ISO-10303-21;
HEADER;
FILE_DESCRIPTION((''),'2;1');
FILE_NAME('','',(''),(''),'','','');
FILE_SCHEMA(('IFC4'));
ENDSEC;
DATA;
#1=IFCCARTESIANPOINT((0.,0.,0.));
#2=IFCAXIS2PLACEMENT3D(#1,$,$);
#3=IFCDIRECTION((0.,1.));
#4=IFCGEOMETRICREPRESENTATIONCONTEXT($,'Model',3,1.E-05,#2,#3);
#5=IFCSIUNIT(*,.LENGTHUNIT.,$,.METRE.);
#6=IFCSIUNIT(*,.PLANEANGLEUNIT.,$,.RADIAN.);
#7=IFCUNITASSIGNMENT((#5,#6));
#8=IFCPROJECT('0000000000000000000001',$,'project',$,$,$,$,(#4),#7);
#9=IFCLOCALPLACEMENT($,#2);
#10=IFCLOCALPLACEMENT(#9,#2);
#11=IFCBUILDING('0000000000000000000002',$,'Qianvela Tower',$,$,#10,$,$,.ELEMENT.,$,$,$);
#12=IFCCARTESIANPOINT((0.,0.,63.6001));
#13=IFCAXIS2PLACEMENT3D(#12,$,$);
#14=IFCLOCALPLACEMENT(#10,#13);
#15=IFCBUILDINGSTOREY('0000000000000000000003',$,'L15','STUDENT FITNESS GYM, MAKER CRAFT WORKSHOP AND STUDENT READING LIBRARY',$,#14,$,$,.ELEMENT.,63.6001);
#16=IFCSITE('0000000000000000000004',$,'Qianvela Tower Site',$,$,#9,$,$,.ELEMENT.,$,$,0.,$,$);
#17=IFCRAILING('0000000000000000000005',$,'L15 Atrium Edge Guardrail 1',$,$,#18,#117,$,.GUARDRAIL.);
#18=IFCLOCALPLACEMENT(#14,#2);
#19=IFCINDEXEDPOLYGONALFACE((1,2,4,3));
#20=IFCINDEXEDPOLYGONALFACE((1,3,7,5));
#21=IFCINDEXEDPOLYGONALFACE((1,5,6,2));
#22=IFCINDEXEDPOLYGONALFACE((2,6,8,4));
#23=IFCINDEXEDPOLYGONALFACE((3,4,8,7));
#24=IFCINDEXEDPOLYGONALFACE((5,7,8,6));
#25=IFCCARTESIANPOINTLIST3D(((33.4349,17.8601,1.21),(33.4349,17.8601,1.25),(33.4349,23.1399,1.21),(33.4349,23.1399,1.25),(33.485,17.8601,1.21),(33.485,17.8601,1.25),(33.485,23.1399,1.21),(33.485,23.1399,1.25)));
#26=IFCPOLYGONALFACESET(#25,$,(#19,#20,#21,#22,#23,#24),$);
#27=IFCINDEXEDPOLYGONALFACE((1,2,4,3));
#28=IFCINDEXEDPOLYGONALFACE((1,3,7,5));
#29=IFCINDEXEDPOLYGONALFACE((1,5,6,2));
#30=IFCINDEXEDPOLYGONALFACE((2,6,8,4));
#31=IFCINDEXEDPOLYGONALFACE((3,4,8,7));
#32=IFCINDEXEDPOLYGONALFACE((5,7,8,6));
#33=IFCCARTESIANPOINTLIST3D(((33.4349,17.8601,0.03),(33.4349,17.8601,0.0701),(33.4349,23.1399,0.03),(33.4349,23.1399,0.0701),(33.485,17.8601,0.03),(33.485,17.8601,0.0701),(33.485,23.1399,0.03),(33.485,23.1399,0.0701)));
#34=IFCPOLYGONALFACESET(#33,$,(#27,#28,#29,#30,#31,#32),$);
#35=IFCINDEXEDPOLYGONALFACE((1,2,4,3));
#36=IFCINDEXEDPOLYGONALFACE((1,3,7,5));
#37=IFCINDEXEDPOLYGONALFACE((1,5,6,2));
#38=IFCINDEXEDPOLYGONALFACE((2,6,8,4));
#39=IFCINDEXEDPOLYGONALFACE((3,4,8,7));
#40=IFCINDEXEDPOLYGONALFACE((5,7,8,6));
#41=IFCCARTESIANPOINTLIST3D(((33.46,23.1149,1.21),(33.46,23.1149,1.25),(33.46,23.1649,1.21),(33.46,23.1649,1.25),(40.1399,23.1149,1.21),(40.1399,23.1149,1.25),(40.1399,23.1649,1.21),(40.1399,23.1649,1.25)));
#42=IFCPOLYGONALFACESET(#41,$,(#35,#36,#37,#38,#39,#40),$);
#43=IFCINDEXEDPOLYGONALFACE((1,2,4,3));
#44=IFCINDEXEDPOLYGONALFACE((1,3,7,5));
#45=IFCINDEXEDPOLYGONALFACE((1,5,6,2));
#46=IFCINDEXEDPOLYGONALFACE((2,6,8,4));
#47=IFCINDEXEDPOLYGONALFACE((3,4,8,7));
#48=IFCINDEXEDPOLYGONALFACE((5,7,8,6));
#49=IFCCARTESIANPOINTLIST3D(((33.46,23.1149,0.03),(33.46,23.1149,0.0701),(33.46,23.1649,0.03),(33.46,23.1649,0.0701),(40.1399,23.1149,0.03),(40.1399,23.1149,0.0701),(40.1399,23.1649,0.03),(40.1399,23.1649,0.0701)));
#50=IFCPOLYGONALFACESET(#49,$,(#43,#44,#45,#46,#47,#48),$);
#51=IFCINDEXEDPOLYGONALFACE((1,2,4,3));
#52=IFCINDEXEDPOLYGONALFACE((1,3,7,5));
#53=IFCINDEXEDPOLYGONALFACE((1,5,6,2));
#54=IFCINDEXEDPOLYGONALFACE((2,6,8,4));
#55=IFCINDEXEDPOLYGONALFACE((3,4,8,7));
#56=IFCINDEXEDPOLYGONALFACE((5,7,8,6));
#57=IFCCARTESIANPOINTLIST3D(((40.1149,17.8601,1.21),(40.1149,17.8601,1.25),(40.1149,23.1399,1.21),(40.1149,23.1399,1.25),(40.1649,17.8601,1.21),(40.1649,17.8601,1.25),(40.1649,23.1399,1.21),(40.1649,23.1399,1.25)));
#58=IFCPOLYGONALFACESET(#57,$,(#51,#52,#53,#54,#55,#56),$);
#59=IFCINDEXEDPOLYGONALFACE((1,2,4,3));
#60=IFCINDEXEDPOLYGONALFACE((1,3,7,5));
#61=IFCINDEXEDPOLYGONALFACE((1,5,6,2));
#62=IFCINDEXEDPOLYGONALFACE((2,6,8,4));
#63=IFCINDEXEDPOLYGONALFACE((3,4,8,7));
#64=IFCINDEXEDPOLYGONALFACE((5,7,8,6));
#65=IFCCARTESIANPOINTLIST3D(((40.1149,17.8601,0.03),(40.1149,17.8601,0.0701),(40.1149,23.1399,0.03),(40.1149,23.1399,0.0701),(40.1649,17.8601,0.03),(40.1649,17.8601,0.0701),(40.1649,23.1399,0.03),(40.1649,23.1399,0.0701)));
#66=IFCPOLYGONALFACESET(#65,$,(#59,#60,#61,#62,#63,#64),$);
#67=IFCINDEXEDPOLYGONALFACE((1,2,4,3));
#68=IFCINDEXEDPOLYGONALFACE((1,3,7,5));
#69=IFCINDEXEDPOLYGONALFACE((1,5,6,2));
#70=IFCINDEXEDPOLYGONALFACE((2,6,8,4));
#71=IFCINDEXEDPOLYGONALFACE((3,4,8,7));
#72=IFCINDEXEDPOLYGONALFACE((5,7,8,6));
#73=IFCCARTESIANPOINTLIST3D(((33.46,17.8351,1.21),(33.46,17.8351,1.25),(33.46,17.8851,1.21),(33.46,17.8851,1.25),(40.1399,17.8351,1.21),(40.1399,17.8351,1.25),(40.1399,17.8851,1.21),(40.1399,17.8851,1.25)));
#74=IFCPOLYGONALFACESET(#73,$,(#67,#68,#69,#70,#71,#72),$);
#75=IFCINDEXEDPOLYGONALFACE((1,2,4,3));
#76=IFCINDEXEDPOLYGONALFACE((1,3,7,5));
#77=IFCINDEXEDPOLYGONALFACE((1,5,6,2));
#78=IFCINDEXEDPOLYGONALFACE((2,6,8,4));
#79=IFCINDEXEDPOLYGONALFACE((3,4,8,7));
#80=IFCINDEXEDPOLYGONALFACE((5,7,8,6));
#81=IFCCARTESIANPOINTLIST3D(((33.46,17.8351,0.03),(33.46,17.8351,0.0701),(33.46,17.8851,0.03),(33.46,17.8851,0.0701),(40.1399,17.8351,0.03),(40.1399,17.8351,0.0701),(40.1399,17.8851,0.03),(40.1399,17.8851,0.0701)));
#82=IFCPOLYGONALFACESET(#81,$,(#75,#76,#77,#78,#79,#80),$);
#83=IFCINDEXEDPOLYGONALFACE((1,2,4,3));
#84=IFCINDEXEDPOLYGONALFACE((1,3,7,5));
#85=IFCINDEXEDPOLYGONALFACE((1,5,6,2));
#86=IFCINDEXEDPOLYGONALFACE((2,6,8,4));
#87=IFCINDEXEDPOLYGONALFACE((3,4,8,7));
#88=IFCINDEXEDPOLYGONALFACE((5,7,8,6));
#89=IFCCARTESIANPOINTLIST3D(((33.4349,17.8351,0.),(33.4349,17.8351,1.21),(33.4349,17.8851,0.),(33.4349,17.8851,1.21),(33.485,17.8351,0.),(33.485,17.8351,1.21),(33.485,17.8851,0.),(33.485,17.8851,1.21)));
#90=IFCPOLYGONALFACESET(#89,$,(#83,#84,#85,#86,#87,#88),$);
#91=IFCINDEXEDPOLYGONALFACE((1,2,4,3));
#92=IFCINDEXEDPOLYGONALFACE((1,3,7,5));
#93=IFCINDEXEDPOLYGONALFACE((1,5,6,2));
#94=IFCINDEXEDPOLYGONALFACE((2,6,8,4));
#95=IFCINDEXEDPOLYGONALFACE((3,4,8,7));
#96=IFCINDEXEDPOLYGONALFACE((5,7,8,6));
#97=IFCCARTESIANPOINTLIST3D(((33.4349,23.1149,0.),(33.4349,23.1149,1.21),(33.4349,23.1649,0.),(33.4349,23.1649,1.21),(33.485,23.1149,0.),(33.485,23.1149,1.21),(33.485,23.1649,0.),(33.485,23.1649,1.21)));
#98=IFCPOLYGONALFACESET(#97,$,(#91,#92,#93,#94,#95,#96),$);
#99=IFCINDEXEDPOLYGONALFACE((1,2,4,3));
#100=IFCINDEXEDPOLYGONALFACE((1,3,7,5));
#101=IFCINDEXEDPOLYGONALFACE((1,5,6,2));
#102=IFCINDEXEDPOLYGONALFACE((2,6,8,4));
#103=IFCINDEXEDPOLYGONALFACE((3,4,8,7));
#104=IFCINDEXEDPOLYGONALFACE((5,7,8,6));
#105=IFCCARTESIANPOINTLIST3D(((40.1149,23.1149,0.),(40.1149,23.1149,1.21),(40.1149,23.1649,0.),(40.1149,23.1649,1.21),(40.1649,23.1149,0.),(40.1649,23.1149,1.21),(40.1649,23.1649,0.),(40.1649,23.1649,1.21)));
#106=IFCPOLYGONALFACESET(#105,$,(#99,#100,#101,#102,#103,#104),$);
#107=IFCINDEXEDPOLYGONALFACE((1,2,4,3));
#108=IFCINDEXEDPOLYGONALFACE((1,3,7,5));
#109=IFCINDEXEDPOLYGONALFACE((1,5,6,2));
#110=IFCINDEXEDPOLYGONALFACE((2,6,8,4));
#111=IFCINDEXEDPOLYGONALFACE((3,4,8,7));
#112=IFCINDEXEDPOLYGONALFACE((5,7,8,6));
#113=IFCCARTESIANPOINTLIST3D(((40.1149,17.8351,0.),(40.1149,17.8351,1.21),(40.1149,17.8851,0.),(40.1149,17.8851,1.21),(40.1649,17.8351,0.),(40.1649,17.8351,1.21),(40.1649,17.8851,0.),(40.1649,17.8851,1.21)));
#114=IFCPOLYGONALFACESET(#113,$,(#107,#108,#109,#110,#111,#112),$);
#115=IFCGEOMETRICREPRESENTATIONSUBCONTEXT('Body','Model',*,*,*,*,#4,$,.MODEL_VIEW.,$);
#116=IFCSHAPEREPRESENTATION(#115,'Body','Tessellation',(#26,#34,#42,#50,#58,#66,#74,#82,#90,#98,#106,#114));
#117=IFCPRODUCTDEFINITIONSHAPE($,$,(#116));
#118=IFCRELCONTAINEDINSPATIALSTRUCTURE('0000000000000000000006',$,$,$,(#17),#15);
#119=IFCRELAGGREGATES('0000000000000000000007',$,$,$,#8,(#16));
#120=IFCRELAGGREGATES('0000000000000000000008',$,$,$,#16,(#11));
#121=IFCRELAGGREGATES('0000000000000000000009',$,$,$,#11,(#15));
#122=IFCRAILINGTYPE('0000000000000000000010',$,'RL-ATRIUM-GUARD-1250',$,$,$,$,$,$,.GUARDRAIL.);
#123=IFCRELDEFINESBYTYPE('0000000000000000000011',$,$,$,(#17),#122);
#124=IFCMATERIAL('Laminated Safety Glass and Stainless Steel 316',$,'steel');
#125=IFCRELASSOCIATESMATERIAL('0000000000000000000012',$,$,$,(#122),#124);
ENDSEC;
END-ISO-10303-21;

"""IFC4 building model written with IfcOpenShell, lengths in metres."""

from ifc_helpers import new_model, si_unit, direction, frame, origin, origin_2d, place, context, subcontext, project, spatial, rectangle, extrude, material, type_object, element, save


model = new_model("IFC4")

# Units and contexts
model_context = context("Model", 3, precision=1e-05, world=origin(), true_north=direction((0.0, 1.0)))
body_context = subcontext(model_context, "Body", "Model", "MODEL_VIEW")
ifc_project = project(units=[si_unit("LENGTHUNIT", "METRE"), si_unit("PLANEANGLEUNIT", "RADIAN")], contexts=[model_context])

# Site, building, storey
site_placement = place(None, origin())
site = spatial("IfcSite", under=ifc_project, at=site_placement, Name="Qianvela Tower Site", CompositionType="ELEMENT", RefElevation=0.0)
building_placement = place(site_placement, origin())
building = spatial("IfcBuilding", under=site, at=building_placement, Name="Qianvela Tower", CompositionType="ELEMENT")
storey_placement = place(building_placement, frame((0.0, 0.0, 63.6001)))
storey = spatial("IfcBuildingStorey", under=building, at=storey_placement, Name="L15", Description="STUDENT FITNESS GYM, MAKER CRAFT WORKSHOP AND STUDENT READING LIBRARY", CompositionType="ELEMENT", Elevation=63.6001)

# Railing
ifc_material_1 = material(Name="Laminated Safety Glass and Stainless Steel 316", Category="steel")
railing_type = type_object("IfcRailingType", Name="RL-ATRIUM-GUARD-1250", PredefinedType="GUARDRAIL", material=ifc_material_1)
railing_placement = place(storey_placement, frame((33.46, 17.8601, 0.0)))
element("IfcRailing", 1, at=railing_placement, inside=storey, type_object=railing_type, Name="L15 Atrium Edge Guardrail 1", PredefinedType="GUARDRAIL", context=body_context, shape_type="SweptSolid", body=[
    extrude(rectangle(XDim=0.05, YDim=0.04, at=origin_2d()), frame((0.0, 0.0, 1.23), z_axis=(0.0, 1.0, 0.0), x_axis=(-1.0, 0.0, 0.0)), (0.0, 0.0, 1.0), 5.2798),
    extrude(rectangle(XDim=0.05, YDim=0.04, at=origin_2d()), frame((0.0, 0.0, 0.05), z_axis=(0.0, 1.0, 0.0), x_axis=(-1.0, 0.0, 0.0)), (0.0, 0.0, 1.0), 5.2798),
    extrude(rectangle(XDim=0.05, YDim=0.04, at=origin_2d()), frame((0.0, 5.2798, 1.23), z_axis=(1.0, 0.0, 0.0), x_axis=(0.0, 1.0, 0.0)), (0.0, 0.0, 1.0), 6.6799),
    extrude(rectangle(XDim=0.05, YDim=0.04, at=origin_2d()), frame((0.0, 5.2798, 0.05), z_axis=(1.0, 0.0, 0.0), x_axis=(0.0, 1.0, 0.0)), (0.0, 0.0, 1.0), 6.6799),
    extrude(rectangle(XDim=0.05, YDim=0.04, at=origin_2d()), frame((6.6799, 5.2798, 1.23), z_axis=(0.0, -1.0, 0.0), x_axis=(1.0, 0.0, 0.0)), (0.0, 0.0, 1.0), 5.2798),
    extrude(rectangle(XDim=0.05, YDim=0.04, at=origin_2d()), frame((6.6799, 5.2798, 0.05), z_axis=(0.0, -1.0, 0.0), x_axis=(1.0, 0.0, 0.0)), (0.0, 0.0, 1.0), 5.2798),
    extrude(rectangle(XDim=0.05, YDim=0.04, at=origin_2d()), frame((6.6799, 0.0, 1.23), z_axis=(-1.0, 0.0, 0.0), x_axis=(0.0, -1.0, 0.0)), (0.0, 0.0, 1.0), 6.6799),
    extrude(rectangle(XDim=0.05, YDim=0.04, at=origin_2d()), frame((6.6799, 0.0, 0.05), z_axis=(-1.0, 0.0, 0.0), x_axis=(0.0, -1.0, 0.0)), (0.0, 0.0, 1.0), 6.6799),
    extrude(rectangle(XDim=0.05, YDim=0.05, at=origin_2d()), origin(), (0.0, 0.0, 1.0), 1.21),
    extrude(rectangle(XDim=0.05, YDim=0.05, at=origin_2d()), frame((0.0, 5.2798, 0.0)), (0.0, 0.0, 1.0), 1.21),
    extrude(rectangle(XDim=0.05, YDim=0.05, at=origin_2d()), frame((6.6799, 5.2798, 0.0)), (0.0, 0.0, 1.0), 1.21),
    extrude(rectangle(XDim=0.05, YDim=0.05, at=origin_2d()), frame((6.6799, 0.0, 0.0)), (0.0, 0.0, 1.0), 1.21),
])

save(model, "model.ifc")
